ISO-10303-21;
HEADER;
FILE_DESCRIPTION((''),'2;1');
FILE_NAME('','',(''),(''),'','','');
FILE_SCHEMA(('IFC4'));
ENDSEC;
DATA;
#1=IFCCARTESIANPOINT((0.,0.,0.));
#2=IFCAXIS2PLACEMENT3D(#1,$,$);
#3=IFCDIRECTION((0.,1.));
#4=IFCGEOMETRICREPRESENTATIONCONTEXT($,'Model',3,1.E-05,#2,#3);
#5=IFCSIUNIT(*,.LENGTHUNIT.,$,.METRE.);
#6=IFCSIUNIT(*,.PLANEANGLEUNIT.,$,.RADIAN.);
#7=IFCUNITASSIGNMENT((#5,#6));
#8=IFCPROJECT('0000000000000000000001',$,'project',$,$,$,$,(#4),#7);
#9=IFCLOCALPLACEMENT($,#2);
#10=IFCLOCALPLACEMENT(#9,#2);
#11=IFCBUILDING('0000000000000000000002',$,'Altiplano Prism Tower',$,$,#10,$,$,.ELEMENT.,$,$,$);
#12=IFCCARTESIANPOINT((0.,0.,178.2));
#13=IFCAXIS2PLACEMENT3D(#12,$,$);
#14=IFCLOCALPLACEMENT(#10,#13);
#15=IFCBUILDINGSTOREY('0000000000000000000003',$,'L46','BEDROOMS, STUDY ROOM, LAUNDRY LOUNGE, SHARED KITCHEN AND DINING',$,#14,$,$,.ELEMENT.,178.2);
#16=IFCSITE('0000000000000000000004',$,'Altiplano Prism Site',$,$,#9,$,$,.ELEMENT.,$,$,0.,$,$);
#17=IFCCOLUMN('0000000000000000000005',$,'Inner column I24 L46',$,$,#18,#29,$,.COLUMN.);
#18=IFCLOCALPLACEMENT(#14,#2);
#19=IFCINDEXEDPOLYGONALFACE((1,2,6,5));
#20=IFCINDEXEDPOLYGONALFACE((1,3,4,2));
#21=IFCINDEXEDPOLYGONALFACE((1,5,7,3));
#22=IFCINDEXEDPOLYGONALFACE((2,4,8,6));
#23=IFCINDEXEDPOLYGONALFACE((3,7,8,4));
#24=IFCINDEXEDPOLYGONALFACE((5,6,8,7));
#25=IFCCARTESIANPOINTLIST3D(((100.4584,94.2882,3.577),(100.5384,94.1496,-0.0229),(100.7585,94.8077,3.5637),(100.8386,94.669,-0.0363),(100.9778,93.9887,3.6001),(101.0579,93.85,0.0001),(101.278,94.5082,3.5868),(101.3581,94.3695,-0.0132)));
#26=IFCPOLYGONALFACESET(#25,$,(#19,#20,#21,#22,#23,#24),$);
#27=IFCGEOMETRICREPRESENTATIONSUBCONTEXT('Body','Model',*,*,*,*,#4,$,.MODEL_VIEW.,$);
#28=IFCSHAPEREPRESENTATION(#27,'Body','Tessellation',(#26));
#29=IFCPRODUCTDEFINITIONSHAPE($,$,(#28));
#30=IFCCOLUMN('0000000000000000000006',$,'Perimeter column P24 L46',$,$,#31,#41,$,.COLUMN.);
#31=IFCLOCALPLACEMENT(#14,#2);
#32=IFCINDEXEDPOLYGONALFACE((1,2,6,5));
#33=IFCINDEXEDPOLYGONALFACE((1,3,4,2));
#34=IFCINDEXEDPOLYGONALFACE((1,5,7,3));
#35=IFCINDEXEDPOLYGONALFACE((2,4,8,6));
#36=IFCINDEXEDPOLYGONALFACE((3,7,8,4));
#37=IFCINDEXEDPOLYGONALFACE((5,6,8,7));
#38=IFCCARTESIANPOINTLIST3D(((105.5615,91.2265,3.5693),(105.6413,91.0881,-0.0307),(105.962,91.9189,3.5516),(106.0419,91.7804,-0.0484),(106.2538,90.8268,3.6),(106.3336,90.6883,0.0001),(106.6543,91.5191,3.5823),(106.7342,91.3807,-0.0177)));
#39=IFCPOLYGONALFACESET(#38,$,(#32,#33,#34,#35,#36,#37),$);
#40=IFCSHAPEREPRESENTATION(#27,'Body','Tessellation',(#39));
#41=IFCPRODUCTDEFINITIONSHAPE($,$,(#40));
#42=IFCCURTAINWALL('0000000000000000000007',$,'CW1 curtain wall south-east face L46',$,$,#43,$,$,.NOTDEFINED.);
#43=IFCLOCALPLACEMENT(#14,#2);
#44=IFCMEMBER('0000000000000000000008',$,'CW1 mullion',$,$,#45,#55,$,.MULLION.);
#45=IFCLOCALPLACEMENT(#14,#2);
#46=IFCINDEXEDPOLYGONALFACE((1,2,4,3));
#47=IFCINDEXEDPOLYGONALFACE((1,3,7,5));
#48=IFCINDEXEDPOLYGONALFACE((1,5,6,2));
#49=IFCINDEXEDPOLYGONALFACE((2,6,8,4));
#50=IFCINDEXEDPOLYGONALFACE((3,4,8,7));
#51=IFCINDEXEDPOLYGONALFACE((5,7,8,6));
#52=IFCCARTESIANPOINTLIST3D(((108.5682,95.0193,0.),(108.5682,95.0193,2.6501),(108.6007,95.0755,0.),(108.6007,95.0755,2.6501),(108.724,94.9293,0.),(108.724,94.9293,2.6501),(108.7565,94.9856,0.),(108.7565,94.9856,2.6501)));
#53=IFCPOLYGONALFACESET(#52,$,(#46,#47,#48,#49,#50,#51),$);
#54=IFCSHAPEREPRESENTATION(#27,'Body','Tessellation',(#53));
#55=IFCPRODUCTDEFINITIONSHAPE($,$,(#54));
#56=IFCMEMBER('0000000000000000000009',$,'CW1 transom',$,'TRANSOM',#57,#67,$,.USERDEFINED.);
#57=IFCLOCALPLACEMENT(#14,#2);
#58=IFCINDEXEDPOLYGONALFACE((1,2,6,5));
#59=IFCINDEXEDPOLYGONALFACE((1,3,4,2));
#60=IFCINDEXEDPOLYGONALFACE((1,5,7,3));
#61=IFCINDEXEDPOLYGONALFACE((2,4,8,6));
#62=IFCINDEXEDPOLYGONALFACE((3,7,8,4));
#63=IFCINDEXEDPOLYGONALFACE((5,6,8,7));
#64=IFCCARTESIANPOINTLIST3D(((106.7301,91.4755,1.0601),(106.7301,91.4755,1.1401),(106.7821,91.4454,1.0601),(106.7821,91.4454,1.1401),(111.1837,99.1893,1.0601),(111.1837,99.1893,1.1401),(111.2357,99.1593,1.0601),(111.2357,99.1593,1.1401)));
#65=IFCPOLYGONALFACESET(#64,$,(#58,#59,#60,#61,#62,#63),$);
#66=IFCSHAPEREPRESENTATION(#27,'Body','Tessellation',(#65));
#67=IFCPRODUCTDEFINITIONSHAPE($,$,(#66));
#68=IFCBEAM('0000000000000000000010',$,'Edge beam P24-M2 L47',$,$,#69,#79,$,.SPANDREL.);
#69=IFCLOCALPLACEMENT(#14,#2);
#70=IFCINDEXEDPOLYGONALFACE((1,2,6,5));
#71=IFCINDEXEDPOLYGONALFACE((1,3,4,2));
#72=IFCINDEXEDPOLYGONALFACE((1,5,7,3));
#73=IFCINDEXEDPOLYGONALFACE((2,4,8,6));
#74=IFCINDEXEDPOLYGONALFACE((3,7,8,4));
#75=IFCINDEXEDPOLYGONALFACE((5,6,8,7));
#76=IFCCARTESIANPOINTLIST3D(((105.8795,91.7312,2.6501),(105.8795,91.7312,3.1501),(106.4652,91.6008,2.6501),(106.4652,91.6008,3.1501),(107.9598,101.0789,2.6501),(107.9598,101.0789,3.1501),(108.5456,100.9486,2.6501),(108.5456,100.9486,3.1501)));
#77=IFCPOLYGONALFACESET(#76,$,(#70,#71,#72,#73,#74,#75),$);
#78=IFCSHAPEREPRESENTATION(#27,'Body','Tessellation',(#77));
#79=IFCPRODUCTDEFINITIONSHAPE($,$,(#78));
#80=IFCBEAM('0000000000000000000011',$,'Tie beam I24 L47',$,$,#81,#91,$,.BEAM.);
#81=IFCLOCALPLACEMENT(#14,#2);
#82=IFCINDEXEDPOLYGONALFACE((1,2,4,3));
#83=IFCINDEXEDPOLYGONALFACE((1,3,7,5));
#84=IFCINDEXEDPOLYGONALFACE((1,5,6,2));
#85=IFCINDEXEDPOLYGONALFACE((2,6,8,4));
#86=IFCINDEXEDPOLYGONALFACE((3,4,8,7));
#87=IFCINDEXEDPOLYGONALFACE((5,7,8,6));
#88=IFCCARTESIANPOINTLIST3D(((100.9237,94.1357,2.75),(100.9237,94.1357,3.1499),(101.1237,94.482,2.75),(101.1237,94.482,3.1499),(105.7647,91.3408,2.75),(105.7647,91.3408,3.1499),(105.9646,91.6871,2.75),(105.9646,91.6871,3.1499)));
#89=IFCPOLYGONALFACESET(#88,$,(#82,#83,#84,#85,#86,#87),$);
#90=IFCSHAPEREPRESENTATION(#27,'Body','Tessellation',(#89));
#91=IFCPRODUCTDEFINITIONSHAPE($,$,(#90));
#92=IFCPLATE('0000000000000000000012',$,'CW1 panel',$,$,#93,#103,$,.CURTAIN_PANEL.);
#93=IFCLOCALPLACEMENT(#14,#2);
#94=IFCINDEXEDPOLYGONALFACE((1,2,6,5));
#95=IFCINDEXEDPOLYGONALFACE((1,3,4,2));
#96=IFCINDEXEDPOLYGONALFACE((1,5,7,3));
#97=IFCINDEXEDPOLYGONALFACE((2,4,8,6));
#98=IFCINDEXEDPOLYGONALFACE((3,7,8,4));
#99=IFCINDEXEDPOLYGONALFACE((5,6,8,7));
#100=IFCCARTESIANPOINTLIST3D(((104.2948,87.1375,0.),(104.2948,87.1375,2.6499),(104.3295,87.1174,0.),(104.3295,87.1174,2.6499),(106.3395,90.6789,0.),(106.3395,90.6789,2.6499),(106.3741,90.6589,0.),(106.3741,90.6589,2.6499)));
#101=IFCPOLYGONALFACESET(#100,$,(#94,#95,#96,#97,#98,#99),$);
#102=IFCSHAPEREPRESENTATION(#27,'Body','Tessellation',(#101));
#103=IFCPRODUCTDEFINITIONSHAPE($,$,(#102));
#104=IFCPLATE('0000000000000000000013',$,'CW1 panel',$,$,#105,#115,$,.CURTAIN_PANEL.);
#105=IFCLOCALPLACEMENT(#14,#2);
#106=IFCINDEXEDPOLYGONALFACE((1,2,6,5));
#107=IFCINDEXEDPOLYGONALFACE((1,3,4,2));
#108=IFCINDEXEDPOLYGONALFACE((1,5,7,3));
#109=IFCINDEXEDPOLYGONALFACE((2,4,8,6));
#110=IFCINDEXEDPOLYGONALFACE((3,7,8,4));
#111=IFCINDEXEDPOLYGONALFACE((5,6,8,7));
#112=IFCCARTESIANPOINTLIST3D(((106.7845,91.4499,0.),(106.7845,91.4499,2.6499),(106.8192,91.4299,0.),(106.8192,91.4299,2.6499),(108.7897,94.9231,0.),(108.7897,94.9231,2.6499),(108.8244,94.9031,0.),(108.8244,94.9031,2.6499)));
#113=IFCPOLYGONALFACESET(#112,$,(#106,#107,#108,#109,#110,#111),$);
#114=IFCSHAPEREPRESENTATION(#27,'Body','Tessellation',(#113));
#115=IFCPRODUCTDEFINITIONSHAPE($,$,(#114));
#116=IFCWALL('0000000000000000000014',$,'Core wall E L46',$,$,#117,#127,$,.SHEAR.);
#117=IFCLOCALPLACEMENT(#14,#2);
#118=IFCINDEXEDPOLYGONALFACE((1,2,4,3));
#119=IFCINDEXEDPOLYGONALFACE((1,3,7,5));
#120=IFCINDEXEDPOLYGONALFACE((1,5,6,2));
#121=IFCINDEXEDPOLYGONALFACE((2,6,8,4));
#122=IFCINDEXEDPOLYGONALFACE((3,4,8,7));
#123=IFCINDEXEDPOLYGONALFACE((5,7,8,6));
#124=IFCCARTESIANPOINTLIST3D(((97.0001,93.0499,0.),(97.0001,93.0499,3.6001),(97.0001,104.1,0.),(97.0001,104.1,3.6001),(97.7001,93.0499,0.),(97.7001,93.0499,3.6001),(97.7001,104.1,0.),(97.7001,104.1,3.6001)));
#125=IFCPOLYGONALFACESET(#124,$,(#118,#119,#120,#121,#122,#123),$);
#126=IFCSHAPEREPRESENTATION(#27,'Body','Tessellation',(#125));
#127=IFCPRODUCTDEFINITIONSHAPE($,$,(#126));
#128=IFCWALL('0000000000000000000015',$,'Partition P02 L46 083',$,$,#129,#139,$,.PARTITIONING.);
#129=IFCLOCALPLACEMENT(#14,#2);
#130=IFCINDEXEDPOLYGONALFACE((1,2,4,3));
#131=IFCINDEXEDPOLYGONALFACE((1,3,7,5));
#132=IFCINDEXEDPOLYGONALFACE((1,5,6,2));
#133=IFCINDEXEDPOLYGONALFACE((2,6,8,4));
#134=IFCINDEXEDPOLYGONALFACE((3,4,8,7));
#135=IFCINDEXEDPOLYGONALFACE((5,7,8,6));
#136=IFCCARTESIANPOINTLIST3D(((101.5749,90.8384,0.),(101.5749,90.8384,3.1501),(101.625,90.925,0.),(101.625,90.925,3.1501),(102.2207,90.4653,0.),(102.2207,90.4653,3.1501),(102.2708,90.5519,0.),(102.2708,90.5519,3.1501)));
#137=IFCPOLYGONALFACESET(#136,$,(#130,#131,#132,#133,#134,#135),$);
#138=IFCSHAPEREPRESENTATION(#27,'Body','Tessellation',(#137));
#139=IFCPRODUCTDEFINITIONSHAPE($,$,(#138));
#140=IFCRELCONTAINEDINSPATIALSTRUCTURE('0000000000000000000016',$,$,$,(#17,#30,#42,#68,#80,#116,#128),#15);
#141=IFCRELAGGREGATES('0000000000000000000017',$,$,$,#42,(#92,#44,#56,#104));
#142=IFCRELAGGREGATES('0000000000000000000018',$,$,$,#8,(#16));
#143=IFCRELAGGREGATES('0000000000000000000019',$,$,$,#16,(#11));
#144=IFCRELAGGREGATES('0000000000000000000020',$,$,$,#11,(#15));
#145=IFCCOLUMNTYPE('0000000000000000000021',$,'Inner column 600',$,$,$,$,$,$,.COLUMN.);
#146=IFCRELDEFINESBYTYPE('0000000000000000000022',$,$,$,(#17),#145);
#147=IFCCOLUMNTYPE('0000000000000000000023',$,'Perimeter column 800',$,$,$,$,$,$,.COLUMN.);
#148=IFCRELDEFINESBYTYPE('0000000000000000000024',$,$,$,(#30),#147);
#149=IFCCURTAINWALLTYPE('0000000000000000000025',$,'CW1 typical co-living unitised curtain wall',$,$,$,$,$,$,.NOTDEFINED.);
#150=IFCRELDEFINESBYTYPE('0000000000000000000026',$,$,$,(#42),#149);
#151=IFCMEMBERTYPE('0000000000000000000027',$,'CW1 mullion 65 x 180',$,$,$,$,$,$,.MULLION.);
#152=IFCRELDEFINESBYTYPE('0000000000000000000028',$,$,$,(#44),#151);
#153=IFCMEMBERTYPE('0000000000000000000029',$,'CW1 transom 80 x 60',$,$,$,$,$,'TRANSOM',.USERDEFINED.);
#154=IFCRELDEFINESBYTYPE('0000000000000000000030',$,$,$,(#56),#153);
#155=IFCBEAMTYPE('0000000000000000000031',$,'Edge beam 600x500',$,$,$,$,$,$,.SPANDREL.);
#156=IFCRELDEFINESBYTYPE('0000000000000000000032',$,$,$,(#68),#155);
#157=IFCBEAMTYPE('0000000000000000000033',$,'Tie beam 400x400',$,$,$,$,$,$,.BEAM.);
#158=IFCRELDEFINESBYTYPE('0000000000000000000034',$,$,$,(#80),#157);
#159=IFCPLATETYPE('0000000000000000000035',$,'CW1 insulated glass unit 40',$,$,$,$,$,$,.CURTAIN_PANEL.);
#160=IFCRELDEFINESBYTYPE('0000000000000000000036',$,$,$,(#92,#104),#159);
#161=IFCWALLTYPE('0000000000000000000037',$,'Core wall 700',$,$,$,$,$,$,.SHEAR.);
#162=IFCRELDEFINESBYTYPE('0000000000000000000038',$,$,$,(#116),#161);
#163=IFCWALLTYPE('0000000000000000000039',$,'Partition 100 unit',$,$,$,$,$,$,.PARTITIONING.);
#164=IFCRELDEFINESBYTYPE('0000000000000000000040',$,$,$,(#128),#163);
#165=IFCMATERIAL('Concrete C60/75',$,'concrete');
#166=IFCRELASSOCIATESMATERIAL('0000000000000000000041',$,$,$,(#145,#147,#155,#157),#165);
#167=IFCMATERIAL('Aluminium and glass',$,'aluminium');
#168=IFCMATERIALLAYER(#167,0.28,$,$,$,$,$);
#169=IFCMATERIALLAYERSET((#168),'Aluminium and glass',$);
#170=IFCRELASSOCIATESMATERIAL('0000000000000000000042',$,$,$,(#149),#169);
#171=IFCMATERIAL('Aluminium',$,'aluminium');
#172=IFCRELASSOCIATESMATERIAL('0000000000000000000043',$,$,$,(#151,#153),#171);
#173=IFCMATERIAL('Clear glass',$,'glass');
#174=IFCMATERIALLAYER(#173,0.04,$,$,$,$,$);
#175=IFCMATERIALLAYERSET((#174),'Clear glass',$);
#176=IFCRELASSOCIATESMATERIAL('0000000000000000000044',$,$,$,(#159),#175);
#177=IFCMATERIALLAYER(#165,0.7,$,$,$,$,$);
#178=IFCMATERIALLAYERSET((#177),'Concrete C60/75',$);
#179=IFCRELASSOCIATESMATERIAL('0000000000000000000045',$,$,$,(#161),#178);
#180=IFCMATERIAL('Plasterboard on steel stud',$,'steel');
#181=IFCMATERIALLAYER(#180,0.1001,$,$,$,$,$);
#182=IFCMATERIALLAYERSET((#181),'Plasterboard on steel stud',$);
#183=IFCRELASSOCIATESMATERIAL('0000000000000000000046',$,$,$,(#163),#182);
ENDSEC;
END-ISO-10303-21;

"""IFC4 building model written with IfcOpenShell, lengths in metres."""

from ifc_helpers import new_model, si_unit, direction, frame, frame_2d, origin, origin_2d, place, context, subcontext, project, spatial, rectangle, extrude, material, layer, layer_set, material_profile, profile_set, type_object, element, aggregate, save


model = new_model("IFC4")

# Units and contexts
model_context = context("Model", 3, precision=1e-05, world=origin(), true_north=direction((0.0, 1.0)))
body_context = subcontext(model_context, "Body", "Model", "MODEL_VIEW")
ifc_project = project(units=[si_unit("LENGTHUNIT", "METRE"), si_unit("PLANEANGLEUNIT", "RADIAN")], contexts=[model_context])

# Site, building, storey
site_placement = place(None, origin())
site = spatial("IfcSite", under=ifc_project, at=site_placement, Name="Altiplano Prism Site", CompositionType="ELEMENT", RefElevation=0.0)
building_placement = place(site_placement, origin())
building = spatial("IfcBuilding", under=site, at=building_placement, Name="Altiplano Prism Tower", CompositionType="ELEMENT")
storey_placement = place(building_placement, frame((0.0, 0.0, 178.2)))
storey = spatial("IfcBuildingStorey", under=building, at=storey_placement, Name="L46", Description="BEDROOMS, STUDY ROOM, LAUNDRY LOUNGE, SHARED KITCHEN AND DINING", CompositionType="ELEMENT", Elevation=178.2)

# Columns
ifc_material_1 = material(Name="Concrete C60/75", Category="concrete")
ifc_material_profile_1 = material_profile(ifc_material_1, rectangle(XDim=0.6001, YDim=0.6001, at=origin_2d()), Name="Inner column 600")
ifc_profile_set_1 = profile_set([ifc_material_profile_1], Name="Concrete C60/75")
column_type_1 = type_object("IfcColumnType", Name="Inner column 600", PredefinedType="COLUMN", material=ifc_profile_set_1)
column_1_placement = place(storey_placement, frame((100.9482, 94.2595, -0.0181), z_axis=(-0.022223, 0.038483, 0.999012), x_axis=(-0.500175, -0.865639, 0.022219)))
element("IfcColumn", 1, at=column_1_placement, inside=storey, type_object=column_type_1, Name="Inner column I24 L46", PredefinedType="COLUMN", context=body_context, shape_type="SweptSolid", body=[
    extrude(rectangle(XDim=0.6001, YDim=0.6001, at=origin_2d()), origin(), (0.0, 0.0, 1.0), 3.6035),
])
ifc_material_profile_2 = material_profile(ifc_material_1, rectangle(XDim=0.8, YDim=0.8, at=origin_2d()), Name="Perimeter column 800")
ifc_profile_set_2 = profile_set([ifc_material_profile_2], Name="Concrete C60/75")
column_type_2 = type_object("IfcColumnType", Name="Perimeter column 800", PredefinedType="COLUMN", material=ifc_profile_set_2)
column_2_placement = place(storey_placement, frame((106.1877, 91.2344, -0.0242), z_axis=(-0.022155, 0.038416, 0.999016), x_axis=(-0.500657, -0.865361, 0.022173)))
element("IfcColumn", 2, at=column_2_placement, inside=storey, type_object=column_type_2, Name="Perimeter column P24 L46", PredefinedType="COLUMN", context=body_context, shape_type="SweptSolid", body=[
    extrude(rectangle(XDim=0.8, YDim=0.8, at=origin_2d()), origin(), (0.0, 0.0, 1.0), 3.6035),
])

# Curtain wall, members
ifc_material_2 = material(Name="Aluminium and glass", Category="aluminium")
ifc_layer_1 = layer(ifc_material_2, 0.28)
ifc_layer_set_1 = layer_set([ifc_layer_1], Name="Aluminium and glass")
curtain_wall_type = type_object("IfcCurtainWallType", Name="CW1 typical co-living unitised curtain wall", PredefinedType="NOTDEFINED", material=ifc_layer_set_1)
curtain_wall_placement = place(storey_placement, origin())
curtain_wall = element("IfcCurtainWall", 3, at=curtain_wall_placement, inside=storey, type_object=curtain_wall_type, Name="CW1 curtain wall south-east face L46", PredefinedType="NOTDEFINED")
ifc_material_3 = material(Name="Aluminium", Category="aluminium")
ifc_material_profile_3 = material_profile(ifc_material_3, rectangle(XDim=0.1799, YDim=0.0649, at=origin_2d()), Name="CW1 mullion 65 x 180")
ifc_profile_set_3 = profile_set([ifc_material_profile_3], Name="Aluminium")
member_type_1 = type_object("IfcMemberType", Name="CW1 mullion 65 x 180", PredefinedType="MULLION", material=ifc_profile_set_3)
member_1_placement = place(storey_placement, frame((108.6624, 95.0024, 0.0), z_axis=(0.0, 0.0, 1.0), x_axis=(-0.866025, 0.5, 0.0)))
member_1 = element("IfcMember", 4, at=member_1_placement, type_object=member_type_1, Name="CW1 mullion", PredefinedType="MULLION", context=body_context, shape_type="SweptSolid", body=[
    extrude(rectangle(XDim=0.1799, YDim=0.0649, at=origin_2d()), origin(), (0.0, 0.0, 1.0), 2.6501),
])
ifc_material_profile_4 = material_profile(ifc_material_3, rectangle(XDim=0.0601, YDim=0.0801, at=origin_2d()), Name="CW1 transom 80 x 60")
ifc_profile_set_4 = profile_set([ifc_material_profile_4], Name="Aluminium")
member_type_2 = type_object("IfcMemberType", Name="CW1 transom 80 x 60", ElementType="TRANSOM", PredefinedType="USERDEFINED", material=ifc_profile_set_4)
member_2_placement = place(storey_placement, frame((106.7561, 91.4604, 1.1001), z_axis=(0.500001, 0.866025, 0.0), x_axis=(-0.866025, 0.500001, 0.0)))
member_2 = element("IfcMember", 5, at=member_2_placement, type_object=member_type_2, Name="CW1 transom", ObjectType="TRANSOM", PredefinedType="USERDEFINED", context=body_context, shape_type="SweptSolid", body=[
    extrude(rectangle(XDim=0.0601, YDim=0.0801, at=origin_2d()), origin(), (0.0, 0.0, 1.0), 8.9072),
])

# Beams
ifc_material_profile_5 = material_profile(ifc_material_1, rectangle(XDim=0.6001, YDim=0.5, at=origin_2d()), Name="Edge beam 600x500")
ifc_profile_set_5 = profile_set([ifc_material_profile_5], Name="Concrete C60/75")
beam_type_1 = type_object("IfcBeamType", Name="Edge beam 600x500", PredefinedType="SPANDREL", material=ifc_profile_set_5)
beam_1_placement = place(storey_placement, frame((106.1724, 91.666, 2.9001), z_axis=(0.217235, 0.976119, 0.0), x_axis=(-0.976119, 0.217235, 0.0)))
element("IfcBeam", 6, at=beam_1_placement, inside=storey, type_object=beam_type_1, Name="Edge beam P24-M2 L47", PredefinedType="SPANDREL", context=body_context, shape_type="SweptSolid", body=[
    extrude(rectangle(XDim=0.6001, YDim=0.5, at=origin_2d()), origin(), (0.0, 0.0, 1.0), 9.5764),
])
ifc_material_profile_6 = material_profile(ifc_material_1, rectangle(XDim=0.3999, YDim=0.3999, at=origin_2d()), Name="Tie beam 400x400")
ifc_profile_set_6 = profile_set([ifc_material_profile_6], Name="Concrete C60/75")
beam_type_2 = type_object("IfcBeamType", Name="Tie beam 400x400", PredefinedType="BEAM", material=ifc_profile_set_6)
beam_2_placement = place(storey_placement, frame((101.0237, 94.3088, 2.95), z_axis=(0.866031, -0.499991, 0.0), x_axis=(0.499991, 0.866031, 0.0)))
element("IfcBeam", 7, at=beam_2_placement, inside=storey, type_object=beam_type_2, Name="Tie beam I24 L47", PredefinedType="BEAM", context=body_context, shape_type="SweptSolid", body=[
    extrude(rectangle(XDim=0.3999, YDim=0.3999, at=origin_2d()), origin(), (0.0, 0.0, 1.0), 5.5898),
])

# Plates
ifc_material_4 = material(Name="Clear glass", Category="glass")
ifc_layer_2 = layer(ifc_material_4, 0.04)
ifc_layer_set_2 = layer_set([ifc_layer_2], Name="Clear glass")
plate_type = type_object("IfcPlateType", Name="CW1 insulated glass unit 40", PredefinedType="CURTAIN_PANEL", material=ifc_layer_set_2)
plate_1_placement = place(storey_placement, frame((105.3345, 88.8982, 0.0), z_axis=(0.0, 0.0, 1.0), x_axis=(0.5, 0.866025, 0.0)))
plate_1 = element("IfcPlate", 8, at=plate_1_placement, type_object=plate_type, Name="CW1 panel", PredefinedType="CURTAIN_PANEL", context=body_context, shape_type="SweptSolid", body=[
    extrude(rectangle(XDim=4.0894, YDim=0.04, at=origin_2d()), origin(), (0.0, 0.0, 1.0), 2.6499),
])
plate_2_placement = place(storey_placement, frame((107.8044, 93.1765, 0.0), z_axis=(0.0, 0.0, 1.0), x_axis=(0.5, 0.866025, 0.0)))
plate_2 = element("IfcPlate", 9, at=plate_2_placement, type_object=plate_type, Name="CW1 panel", PredefinedType="CURTAIN_PANEL", context=body_context, shape_type="SweptSolid", body=[
    extrude(rectangle(XDim=4.0105, YDim=0.04, at=origin_2d()), origin(), (0.0, 0.0, 1.0), 2.6499),
])
aggregate(curtain_wall, [plate_1, member_1, member_2, plate_2])

# Walls
ifc_layer_3 = layer(ifc_material_1, 0.7)
ifc_layer_set_3 = layer_set([ifc_layer_3], Name="Concrete C60/75")
wall_type_1 = type_object("IfcWallType", Name="Core wall 700", PredefinedType="SHEAR", material=ifc_layer_set_3)
wall_1_placement = place(storey_placement, frame((97.3501, 93.05, 0.0), z_axis=(0.0, 0.0, 1.0), x_axis=(0.0, 1.0, 0.0)))
element("IfcWall", 10, at=wall_1_placement, inside=storey, type_object=wall_type_1, Name="Core wall E L46", PredefinedType="SHEAR", context=body_context, shape_type="SweptSolid", body=[
    extrude(rectangle(XDim=11.05, YDim=0.7, at=frame_2d((5.5249, 0.0))), origin(), (0.0, 0.0, 1.0), 3.6001),
])
ifc_material_5 = material(Name="Plasterboard on steel stud", Category="steel")
ifc_layer_4 = layer(ifc_material_5, 0.1001)
ifc_layer_set_4 = layer_set([ifc_layer_4], Name="Plasterboard on steel stud")
wall_type_2 = type_object("IfcWallType", Name="Partition 100 unit", PredefinedType="PARTITIONING", material=ifc_layer_set_4)
wall_2_placement = place(storey_placement, frame((102.2458, 90.5085, 0.0), z_axis=(0.0, 0.0, 1.0), x_axis=(-0.865897, 0.500223, 0.0)))
element("IfcWall", 11, at=wall_2_placement, inside=storey, type_object=wall_type_2, Name="Partition P02 L46 083", PredefinedType="PARTITIONING", context=body_context, shape_type="SweptSolid", body=[
    extrude(rectangle(XDim=0.7458, YDim=0.1001, at=frame_2d((0.373, 0.0))), origin(), (0.0, 0.0, 1.0), 3.1501),
])

save(model, "model.ifc")
